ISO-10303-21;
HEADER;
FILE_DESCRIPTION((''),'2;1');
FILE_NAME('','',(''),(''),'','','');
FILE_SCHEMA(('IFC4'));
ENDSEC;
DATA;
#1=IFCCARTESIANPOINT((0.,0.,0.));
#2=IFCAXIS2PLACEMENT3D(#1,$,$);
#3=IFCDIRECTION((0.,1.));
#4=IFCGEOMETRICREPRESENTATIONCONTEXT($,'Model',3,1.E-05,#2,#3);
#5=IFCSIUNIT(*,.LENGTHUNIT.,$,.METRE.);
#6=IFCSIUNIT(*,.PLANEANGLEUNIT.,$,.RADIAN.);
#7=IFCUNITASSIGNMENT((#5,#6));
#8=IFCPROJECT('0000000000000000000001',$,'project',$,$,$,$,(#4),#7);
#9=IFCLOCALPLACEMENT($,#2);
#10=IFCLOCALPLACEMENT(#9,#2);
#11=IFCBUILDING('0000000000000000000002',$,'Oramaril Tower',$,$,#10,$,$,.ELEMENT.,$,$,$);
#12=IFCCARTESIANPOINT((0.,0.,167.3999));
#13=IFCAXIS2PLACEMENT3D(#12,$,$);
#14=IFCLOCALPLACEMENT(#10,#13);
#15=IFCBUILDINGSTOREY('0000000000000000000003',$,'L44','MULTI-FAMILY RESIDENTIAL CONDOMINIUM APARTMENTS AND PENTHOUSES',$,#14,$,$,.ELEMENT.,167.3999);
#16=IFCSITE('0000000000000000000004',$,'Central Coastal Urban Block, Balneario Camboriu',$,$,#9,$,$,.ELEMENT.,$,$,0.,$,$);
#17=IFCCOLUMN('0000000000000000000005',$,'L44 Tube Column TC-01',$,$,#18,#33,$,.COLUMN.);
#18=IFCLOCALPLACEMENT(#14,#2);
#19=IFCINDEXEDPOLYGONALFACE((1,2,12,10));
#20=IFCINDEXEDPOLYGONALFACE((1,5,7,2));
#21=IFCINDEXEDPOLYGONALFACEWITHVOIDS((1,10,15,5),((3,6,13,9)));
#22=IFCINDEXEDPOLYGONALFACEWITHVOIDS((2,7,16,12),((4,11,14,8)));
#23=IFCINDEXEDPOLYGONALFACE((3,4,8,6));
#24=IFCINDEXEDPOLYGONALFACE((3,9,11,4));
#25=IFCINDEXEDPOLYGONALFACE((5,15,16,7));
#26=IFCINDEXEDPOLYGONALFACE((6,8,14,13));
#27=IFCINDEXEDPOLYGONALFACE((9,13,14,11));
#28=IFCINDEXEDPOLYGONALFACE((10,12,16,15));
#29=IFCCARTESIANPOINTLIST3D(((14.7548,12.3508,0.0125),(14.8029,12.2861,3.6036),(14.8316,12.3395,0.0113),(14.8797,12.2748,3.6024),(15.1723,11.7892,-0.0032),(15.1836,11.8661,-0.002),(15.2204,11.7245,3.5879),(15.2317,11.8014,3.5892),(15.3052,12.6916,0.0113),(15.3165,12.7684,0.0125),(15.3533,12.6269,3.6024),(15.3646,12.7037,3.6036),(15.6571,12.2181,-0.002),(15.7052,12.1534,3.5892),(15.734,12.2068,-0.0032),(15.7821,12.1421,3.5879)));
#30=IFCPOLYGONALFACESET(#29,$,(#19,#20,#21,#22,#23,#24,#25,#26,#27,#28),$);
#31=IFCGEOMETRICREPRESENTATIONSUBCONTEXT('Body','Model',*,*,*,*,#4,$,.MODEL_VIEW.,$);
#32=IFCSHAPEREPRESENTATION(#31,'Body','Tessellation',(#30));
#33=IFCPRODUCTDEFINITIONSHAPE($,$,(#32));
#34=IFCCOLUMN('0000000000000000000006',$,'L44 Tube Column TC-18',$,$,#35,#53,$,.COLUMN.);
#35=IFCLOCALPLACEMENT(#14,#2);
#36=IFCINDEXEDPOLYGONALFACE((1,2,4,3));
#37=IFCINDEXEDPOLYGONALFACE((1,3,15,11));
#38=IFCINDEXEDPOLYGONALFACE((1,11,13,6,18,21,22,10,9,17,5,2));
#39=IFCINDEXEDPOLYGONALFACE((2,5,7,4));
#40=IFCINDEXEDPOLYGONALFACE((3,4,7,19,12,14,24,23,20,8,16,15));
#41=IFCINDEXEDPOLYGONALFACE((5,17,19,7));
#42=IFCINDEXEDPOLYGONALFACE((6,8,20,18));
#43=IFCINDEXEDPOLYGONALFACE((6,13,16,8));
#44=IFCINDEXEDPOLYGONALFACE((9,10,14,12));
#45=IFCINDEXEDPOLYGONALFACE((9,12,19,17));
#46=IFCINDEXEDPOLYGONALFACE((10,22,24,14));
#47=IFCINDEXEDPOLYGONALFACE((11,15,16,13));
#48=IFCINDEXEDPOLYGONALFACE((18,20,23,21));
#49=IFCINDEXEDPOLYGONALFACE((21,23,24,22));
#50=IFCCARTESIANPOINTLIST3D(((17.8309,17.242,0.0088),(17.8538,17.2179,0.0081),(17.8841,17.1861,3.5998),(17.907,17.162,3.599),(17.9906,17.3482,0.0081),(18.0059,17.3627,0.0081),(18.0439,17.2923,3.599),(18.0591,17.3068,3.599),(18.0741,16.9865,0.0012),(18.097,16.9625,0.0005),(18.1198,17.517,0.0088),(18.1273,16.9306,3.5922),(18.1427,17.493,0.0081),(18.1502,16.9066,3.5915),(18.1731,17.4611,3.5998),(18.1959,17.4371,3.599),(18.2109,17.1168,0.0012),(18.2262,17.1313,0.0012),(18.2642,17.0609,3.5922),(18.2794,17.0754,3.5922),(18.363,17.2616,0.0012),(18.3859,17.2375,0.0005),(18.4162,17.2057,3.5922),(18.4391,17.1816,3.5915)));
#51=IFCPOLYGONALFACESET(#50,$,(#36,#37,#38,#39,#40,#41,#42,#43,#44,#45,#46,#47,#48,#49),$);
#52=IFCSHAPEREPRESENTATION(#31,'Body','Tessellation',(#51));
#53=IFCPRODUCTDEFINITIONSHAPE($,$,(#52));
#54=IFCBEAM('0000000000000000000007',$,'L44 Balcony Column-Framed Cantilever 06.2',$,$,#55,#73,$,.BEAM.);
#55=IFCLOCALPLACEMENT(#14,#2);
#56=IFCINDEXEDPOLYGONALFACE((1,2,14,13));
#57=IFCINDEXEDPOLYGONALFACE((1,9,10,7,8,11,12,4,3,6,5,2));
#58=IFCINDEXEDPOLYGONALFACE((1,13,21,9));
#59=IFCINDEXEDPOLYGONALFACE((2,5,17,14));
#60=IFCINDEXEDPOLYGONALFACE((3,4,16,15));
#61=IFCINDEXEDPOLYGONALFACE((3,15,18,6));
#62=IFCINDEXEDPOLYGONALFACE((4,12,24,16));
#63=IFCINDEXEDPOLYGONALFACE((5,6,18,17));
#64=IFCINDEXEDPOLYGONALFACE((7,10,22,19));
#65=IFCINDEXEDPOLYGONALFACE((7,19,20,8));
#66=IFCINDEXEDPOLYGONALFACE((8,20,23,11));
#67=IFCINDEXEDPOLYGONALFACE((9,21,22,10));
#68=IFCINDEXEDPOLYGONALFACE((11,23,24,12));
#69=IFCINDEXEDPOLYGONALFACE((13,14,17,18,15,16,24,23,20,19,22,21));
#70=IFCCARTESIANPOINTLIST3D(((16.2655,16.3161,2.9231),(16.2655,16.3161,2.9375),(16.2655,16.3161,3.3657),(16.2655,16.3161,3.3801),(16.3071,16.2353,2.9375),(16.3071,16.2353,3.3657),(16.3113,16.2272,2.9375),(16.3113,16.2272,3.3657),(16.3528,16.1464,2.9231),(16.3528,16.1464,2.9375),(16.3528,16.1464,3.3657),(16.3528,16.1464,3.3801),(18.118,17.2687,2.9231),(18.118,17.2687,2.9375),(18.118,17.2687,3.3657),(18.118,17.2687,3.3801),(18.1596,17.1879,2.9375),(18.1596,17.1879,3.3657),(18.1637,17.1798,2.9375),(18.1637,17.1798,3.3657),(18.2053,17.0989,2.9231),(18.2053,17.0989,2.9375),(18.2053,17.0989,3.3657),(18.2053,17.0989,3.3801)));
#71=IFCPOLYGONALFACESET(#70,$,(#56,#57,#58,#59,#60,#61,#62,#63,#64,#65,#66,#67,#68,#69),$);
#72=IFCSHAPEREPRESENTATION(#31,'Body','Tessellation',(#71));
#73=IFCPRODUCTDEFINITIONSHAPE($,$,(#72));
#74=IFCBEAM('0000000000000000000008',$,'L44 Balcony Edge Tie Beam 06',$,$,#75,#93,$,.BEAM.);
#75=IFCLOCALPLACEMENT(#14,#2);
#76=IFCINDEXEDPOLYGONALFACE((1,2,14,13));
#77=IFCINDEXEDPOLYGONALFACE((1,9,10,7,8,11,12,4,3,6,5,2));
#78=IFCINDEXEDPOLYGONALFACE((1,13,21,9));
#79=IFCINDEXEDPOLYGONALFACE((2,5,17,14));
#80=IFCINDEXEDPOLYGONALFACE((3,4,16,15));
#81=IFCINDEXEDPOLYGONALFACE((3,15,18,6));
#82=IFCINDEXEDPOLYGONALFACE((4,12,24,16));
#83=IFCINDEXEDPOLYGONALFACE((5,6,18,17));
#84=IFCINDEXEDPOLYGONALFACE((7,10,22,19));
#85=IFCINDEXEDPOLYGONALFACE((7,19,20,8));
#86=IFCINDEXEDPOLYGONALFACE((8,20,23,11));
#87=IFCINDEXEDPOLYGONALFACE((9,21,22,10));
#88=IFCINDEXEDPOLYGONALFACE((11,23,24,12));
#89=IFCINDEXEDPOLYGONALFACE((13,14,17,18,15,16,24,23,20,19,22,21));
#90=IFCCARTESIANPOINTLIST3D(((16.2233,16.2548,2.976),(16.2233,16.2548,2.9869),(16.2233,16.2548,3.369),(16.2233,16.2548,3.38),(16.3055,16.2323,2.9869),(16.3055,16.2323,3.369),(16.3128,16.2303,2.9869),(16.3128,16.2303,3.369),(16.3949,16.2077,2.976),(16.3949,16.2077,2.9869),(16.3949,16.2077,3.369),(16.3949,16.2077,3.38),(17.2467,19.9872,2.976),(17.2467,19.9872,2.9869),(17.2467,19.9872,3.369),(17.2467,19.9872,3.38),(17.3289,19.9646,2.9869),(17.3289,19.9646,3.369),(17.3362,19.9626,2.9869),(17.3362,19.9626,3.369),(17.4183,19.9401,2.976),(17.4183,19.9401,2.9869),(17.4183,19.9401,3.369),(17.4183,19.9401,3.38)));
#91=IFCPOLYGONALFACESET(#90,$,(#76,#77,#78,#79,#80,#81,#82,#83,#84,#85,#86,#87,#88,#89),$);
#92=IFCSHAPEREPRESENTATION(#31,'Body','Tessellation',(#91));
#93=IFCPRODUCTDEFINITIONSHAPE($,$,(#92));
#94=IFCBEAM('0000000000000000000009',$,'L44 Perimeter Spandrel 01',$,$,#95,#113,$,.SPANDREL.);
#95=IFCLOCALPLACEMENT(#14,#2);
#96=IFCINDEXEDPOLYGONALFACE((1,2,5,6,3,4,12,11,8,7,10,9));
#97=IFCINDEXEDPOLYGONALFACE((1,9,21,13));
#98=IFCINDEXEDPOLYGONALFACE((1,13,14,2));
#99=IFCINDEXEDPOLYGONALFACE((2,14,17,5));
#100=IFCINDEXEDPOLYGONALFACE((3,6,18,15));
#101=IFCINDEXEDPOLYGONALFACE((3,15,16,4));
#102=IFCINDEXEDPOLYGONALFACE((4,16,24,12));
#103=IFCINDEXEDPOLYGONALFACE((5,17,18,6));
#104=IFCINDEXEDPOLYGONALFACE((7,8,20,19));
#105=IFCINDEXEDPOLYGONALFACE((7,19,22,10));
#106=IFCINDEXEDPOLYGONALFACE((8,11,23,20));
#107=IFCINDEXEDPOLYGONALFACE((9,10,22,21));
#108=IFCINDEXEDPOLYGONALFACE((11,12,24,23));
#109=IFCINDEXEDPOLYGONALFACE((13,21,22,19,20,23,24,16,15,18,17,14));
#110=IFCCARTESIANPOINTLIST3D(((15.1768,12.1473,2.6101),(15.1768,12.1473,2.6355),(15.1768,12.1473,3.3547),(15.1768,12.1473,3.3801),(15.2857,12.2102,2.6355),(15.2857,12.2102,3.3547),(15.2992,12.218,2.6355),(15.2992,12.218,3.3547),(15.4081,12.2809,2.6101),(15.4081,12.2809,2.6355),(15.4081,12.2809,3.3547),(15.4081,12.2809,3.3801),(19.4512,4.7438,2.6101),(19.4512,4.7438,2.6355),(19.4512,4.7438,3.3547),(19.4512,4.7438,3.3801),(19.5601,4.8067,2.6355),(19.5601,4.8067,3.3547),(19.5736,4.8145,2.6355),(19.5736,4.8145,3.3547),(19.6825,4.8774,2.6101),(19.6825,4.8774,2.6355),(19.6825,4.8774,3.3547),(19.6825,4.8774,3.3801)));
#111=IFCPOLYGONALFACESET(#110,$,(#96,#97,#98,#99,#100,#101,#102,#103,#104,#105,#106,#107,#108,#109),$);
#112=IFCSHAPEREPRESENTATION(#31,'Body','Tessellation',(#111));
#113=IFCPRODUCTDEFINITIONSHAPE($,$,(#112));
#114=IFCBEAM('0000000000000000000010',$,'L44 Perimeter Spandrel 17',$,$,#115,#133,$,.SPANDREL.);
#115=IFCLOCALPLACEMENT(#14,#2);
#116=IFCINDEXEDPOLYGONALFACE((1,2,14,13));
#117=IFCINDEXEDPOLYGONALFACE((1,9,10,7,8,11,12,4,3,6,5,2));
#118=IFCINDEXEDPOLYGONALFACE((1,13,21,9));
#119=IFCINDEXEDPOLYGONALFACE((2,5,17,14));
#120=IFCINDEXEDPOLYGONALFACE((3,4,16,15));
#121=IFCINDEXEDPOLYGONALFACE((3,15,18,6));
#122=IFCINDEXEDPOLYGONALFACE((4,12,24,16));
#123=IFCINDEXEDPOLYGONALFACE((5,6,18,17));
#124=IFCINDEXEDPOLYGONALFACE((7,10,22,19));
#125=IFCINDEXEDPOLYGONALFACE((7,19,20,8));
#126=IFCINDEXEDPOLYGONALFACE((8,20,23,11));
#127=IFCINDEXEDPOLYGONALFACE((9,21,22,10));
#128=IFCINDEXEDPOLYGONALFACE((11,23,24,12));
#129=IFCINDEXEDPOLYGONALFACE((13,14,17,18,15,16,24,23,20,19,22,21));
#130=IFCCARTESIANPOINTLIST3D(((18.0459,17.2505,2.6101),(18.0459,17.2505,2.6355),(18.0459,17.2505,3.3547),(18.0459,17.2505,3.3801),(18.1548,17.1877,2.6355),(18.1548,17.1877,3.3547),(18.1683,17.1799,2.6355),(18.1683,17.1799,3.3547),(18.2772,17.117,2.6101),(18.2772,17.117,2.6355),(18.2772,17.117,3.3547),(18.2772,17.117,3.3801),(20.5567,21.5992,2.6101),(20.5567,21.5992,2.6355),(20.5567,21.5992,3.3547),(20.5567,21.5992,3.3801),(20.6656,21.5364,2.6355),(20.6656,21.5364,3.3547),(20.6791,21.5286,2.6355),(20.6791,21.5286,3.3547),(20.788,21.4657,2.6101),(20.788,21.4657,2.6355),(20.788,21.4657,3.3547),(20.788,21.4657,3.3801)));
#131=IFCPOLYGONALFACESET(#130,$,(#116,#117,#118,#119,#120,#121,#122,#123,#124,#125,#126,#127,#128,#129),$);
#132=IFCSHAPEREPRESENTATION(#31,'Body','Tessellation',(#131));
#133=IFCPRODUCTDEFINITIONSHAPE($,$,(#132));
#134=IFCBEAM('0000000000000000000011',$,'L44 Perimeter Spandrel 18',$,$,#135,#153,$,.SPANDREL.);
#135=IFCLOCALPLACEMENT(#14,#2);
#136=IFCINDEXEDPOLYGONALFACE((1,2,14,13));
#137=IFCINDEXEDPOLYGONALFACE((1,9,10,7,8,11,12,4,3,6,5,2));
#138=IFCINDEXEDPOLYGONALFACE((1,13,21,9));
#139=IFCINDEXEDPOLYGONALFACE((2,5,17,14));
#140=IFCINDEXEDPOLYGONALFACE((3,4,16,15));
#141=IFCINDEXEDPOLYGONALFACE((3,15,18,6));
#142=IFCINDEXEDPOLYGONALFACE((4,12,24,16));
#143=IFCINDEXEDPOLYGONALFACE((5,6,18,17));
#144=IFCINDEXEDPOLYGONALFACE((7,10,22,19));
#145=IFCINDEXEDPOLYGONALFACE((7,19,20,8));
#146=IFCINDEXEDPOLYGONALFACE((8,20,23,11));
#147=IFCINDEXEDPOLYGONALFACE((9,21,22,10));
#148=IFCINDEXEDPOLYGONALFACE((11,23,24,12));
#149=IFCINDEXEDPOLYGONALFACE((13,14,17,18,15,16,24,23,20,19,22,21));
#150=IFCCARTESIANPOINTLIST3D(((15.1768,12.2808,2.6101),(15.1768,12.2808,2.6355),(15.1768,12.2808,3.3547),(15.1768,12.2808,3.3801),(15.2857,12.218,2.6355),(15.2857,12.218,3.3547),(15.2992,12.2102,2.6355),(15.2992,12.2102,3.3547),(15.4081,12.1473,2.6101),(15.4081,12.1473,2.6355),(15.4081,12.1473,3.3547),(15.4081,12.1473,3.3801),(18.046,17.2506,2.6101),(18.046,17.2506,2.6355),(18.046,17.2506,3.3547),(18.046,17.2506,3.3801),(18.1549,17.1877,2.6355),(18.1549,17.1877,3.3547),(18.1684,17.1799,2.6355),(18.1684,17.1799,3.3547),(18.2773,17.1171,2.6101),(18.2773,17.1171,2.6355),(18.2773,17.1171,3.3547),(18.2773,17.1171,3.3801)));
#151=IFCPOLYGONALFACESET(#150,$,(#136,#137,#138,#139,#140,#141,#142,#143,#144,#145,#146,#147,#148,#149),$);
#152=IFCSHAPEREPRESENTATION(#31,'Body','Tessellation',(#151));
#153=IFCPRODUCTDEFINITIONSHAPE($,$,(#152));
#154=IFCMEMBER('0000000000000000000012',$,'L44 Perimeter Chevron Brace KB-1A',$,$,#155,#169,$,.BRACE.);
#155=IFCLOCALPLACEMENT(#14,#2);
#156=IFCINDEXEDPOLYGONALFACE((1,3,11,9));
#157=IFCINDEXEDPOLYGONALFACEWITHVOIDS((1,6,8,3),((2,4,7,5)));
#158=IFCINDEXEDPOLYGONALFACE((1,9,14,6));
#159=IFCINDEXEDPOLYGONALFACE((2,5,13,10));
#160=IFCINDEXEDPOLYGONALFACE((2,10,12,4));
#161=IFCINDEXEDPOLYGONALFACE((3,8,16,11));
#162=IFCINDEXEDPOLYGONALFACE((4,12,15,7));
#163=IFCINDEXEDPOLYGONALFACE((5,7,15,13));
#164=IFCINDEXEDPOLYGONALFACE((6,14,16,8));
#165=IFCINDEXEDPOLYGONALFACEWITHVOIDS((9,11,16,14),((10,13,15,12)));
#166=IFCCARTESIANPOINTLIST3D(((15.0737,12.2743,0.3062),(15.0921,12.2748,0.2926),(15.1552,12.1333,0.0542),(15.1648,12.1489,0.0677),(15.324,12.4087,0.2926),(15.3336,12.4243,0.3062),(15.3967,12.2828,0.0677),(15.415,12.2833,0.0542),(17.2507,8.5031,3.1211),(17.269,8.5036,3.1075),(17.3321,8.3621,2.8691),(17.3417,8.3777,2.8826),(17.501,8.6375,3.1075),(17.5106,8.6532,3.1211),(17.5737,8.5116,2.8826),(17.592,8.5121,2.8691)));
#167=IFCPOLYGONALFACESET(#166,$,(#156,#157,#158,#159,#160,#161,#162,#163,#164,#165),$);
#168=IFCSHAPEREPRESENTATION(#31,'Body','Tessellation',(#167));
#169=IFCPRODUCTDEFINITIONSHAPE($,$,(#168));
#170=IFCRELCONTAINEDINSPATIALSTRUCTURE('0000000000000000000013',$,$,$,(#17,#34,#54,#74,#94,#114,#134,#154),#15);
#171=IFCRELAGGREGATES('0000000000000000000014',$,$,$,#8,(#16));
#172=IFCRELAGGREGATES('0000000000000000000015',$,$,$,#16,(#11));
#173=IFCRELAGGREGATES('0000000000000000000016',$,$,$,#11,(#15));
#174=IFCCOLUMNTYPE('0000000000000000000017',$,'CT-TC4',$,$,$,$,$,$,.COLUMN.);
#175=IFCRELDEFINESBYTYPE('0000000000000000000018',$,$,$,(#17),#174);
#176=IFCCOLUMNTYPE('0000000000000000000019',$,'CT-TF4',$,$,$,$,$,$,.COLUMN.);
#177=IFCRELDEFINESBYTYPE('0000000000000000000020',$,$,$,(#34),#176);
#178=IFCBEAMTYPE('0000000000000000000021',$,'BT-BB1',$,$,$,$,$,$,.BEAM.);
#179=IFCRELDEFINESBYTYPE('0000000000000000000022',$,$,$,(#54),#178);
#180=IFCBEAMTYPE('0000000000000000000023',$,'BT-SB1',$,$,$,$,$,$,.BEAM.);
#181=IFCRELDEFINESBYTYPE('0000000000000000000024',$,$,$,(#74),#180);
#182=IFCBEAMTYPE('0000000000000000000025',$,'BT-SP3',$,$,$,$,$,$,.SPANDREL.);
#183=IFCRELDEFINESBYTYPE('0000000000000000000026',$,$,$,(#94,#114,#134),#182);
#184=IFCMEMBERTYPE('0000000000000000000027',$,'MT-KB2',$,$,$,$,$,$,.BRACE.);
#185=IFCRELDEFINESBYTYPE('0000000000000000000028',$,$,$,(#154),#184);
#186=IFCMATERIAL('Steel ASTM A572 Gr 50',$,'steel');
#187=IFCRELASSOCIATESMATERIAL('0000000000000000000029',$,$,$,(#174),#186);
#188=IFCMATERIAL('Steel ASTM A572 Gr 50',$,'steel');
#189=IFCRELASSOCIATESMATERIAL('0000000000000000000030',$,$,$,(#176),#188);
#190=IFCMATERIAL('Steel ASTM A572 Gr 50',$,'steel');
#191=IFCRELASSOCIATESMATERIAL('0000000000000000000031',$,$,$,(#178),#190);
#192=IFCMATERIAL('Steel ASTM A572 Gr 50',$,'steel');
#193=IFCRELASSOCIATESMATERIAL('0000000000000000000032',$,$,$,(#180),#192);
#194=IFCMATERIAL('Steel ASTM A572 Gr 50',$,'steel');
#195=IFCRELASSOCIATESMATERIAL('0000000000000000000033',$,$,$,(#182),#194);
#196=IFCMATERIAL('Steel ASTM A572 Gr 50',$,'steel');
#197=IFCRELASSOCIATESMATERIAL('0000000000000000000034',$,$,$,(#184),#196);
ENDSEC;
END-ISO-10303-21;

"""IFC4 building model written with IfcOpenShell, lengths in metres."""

from ifc_helpers import new_model, si_unit, direction, frame, origin, origin_2d, place, context, subcontext, project, spatial, hollow_rectangle, i_section, extrude, material, material_profile, profile_set, type_object, element, save


model = new_model("IFC4")

# Units and contexts
model_context = context("Model", 3, precision=1e-05, world=origin(), true_north=direction((0.0, 1.0)))
body_context = subcontext(model_context, "Body", "Model", "MODEL_VIEW")
ifc_project = project(units=[si_unit("LENGTHUNIT", "METRE"), si_unit("PLANEANGLEUNIT", "RADIAN")], contexts=[model_context])

# Site, building, storey
site_placement = place(None, origin())
site = spatial("IfcSite", under=ifc_project, at=site_placement, Name="Central Coastal Urban Block, Balneario Camboriu", CompositionType="ELEMENT", RefElevation=0.0)
building_placement = place(site_placement, origin())
building = spatial("IfcBuilding", under=site, at=building_placement, Name="Oramaril Tower", CompositionType="ELEMENT")
storey_placement = place(building_placement, frame((0.0, 0.0, 167.3999)))
storey = spatial("IfcBuildingStorey", under=building, at=storey_placement, Name="L44", Description="MULTI-FAMILY RESIDENTIAL CONDOMINIUM APARTMENTS AND PENTHOUSES", CompositionType="ELEMENT", Elevation=167.3999)

# Columns
ifc_material_1 = material(Name="Steel ASTM A572 Gr 50", Category="steel")
ifc_material_profile_1 = material_profile(ifc_material_1, hollow_rectangle(XDim=0.7, YDim=0.7, WallThickness=0.0549, at=origin_2d()), Name="BOX700X700X55")
ifc_profile_set_1 = profile_set([ifc_material_profile_1], Name="Steel ASTM A572 Gr 50")
column_type_1 = type_object("IfcColumnType", Name="CT-TC4", PredefinedType="COLUMN", material=ifc_profile_set_1)
column_1_placement = place(storey_placement, frame((15.2444, 12.2788, 0.0046), z_axis=(0.01339, -0.018012, 0.999748), x_axis=(0.802537, 0.596603, 0.0)))
element("IfcColumn", 1, at=column_1_placement, inside=storey, type_object=column_type_1, Name="L44 Tube Column TC-01", PredefinedType="COLUMN", context=body_context, shape_type="SweptSolid", body=[
    extrude(hollow_rectangle(XDim=0.7, YDim=0.7, WallThickness=0.0549, at=origin_2d()), origin(), (0.0, 0.0, 1.0), 3.592),
])
ifc_material_2 = material(Name="Steel ASTM A572 Gr 50", Category="steel")
ifc_material_profile_2 = material_profile(ifc_material_2, i_section(OverallWidth=0.3989, OverallDepth=0.386, WebThickness=0.021, FlangeThickness=0.0332, at=origin_2d()), Name="W14X176")
ifc_profile_set_2 = profile_set([ifc_material_profile_2], Name="Steel ASTM A572 Gr 50")
column_type_2 = type_object("IfcColumnType", Name="CT-TF4", PredefinedType="COLUMN", material=ifc_profile_set_2)
column_2_placement = place(storey_placement, frame((18.1084, 17.2397, 0.0046), z_axis=(0.014817, -0.015565, 0.999769), x_axis=(0.724288, 0.689497, 0.0)))
element("IfcColumn", 2, at=column_2_placement, inside=storey, type_object=column_type_2, Name="L44 Tube Column TC-18", PredefinedType="COLUMN", context=body_context, shape_type="SweptSolid", body=[
    extrude(i_section(OverallWidth=0.3989, OverallDepth=0.386, WebThickness=0.021, FlangeThickness=0.0332, at=origin_2d()), origin(), (0.0, 0.0, 1.0), 3.5918),
])

# Beams
ifc_material_3 = material(Name="Steel ASTM A572 Gr 50", Category="steel")
ifc_material_profile_3 = material_profile(ifc_material_3, i_section(OverallWidth=0.1909, OverallDepth=0.457, WebThickness=0.009, FlangeThickness=0.0144, at=origin_2d()), Name="W18X50")
ifc_profile_set_3 = profile_set([ifc_material_profile_3], Name="Steel ASTM A572 Gr 50")
beam_type_1 = type_object("IfcBeamType", Name="BT-BB1", PredefinedType="BEAM", material=ifc_profile_set_3)
beam_1_placement = place(storey_placement, frame((18.1616, 17.1838, 3.1516), z_axis=(-0.889307, -0.457311, 0.0), x_axis=(0.457311, -0.889307, 0.0)))
element("IfcBeam", 3, at=beam_1_placement, inside=storey, type_object=beam_type_1, Name="L44 Balcony Column-Framed Cantilever 06.2", PredefinedType="BEAM", context=body_context, shape_type="SweptSolid", body=[
    extrude(i_section(OverallWidth=0.1909, OverallDepth=0.457, WebThickness=0.009, FlangeThickness=0.0144, at=origin_2d()), origin(), (0.0, 0.0, 1.0), 2.083),
])
ifc_material_4 = material(Name="Steel ASTM A572 Gr 50", Category="steel")
ifc_material_profile_4 = material_profile(ifc_material_4, i_section(OverallWidth=0.178, OverallDepth=0.4041, WebThickness=0.0076, FlangeThickness=0.011, at=origin_2d()), Name="W16X36")
ifc_profile_set_4 = profile_set([ifc_material_profile_4], Name="Steel ASTM A572 Gr 50")
beam_type_2 = type_object("IfcBeamType", Name="BT-SB1", PredefinedType="BEAM", material=ifc_profile_set_4)
beam_2_placement = place(storey_placement, frame((17.3325, 19.9636, 3.178), z_axis=(-0.264441, -0.964402, 0.0), x_axis=(0.964402, -0.264441, 0.0)))
element("IfcBeam", 4, at=beam_2_placement, inside=storey, type_object=beam_type_2, Name="L44 Balcony Edge Tie Beam 06", PredefinedType="BEAM", context=body_context, shape_type="SweptSolid", body=[
    extrude(i_section(OverallWidth=0.178, OverallDepth=0.4041, WebThickness=0.0076, FlangeThickness=0.011, at=origin_2d()), origin(), (0.0, 0.0, 1.0), 3.8701),
])
ifc_material_5 = material(Name="Steel ASTM A572 Gr 50", Category="steel")
ifc_material_profile_5 = material_profile(ifc_material_5, i_section(OverallWidth=0.2671, OverallDepth=0.77, WebThickness=0.0156, FlangeThickness=0.0254, at=origin_2d()), Name="W30X132")
ifc_profile_set_5 = profile_set([ifc_material_profile_5], Name="Steel ASTM A572 Gr 50")
beam_type_3 = type_object("IfcBeamType", Name="BT-SP3", PredefinedType="SPANDREL", material=ifc_profile_set_5)
beam_3_placement = place(storey_placement, frame((15.2925, 12.2141, 2.9951), z_axis=(0.499997, -0.866027, 0.0), x_axis=(0.866027, 0.499997, 0.0)))
element("IfcBeam", 5, at=beam_3_placement, inside=storey, type_object=beam_type_3, Name="L44 Perimeter Spandrel 01", PredefinedType="SPANDREL", context=body_context, shape_type="SweptSolid", body=[
    extrude(i_section(OverallWidth=0.2671, OverallDepth=0.77, WebThickness=0.0156, FlangeThickness=0.0254, at=origin_2d()), origin(), (0.0, 0.0, 1.0), 8.5488),
])
beam_4_placement = place(storey_placement, frame((20.6724, 21.5325, 2.9951), z_axis=(-0.500009, -0.86602, 0.0), x_axis=(0.86602, -0.500009, 0.0)))
element("IfcBeam", 6, at=beam_4_placement, inside=storey, type_object=beam_type_3, Name="L44 Perimeter Spandrel 17", PredefinedType="SPANDREL", context=body_context, shape_type="SweptSolid", body=[
    extrude(i_section(OverallWidth=0.2671, OverallDepth=0.77, WebThickness=0.0156, FlangeThickness=0.0254, at=origin_2d()), origin(), (0.0, 0.0, 1.0), 5.0215),
])
beam_5_placement = place(storey_placement, frame((18.1616, 17.1838, 2.9951), z_axis=(-0.499983, -0.866035, 0.0), x_axis=(0.866035, -0.499983, 0.0)))
element("IfcBeam", 7, at=beam_5_placement, inside=storey, type_object=beam_type_3, Name="L44 Perimeter Spandrel 18", PredefinedType="SPANDREL", context=body_context, shape_type="SweptSolid", body=[
    extrude(i_section(OverallWidth=0.2671, OverallDepth=0.77, WebThickness=0.0156, FlangeThickness=0.0254, at=origin_2d()), origin(), (0.0, 0.0, 1.0), 5.7385),
])

# Member
ifc_material_6 = material(Name="Steel ASTM A572 Gr 50", Category="steel")
ifc_material_profile_6 = material_profile(ifc_material_6, hollow_rectangle(XDim=0.3, YDim=0.3, WallThickness=0.0161, at=origin_2d()), Name="HSS300X300X16")
ifc_profile_set_6 = profile_set([ifc_material_profile_6], Name="Steel ASTM A572 Gr 50")
member_type = type_object("IfcMemberType", Name="MT-KB2", PredefinedType="BRACE", material=ifc_profile_set_6)
member_placement = place(storey_placement, frame((15.2444, 12.2788, 0.1802), z_axis=(0.419856, -0.72732, 0.542888), x_axis=(0.866058, 0.499944, 0.0)))
element("IfcMember", 8, at=member_placement, inside=storey, type_object=member_type, Name="L44 Perimeter Chevron Brace KB-1A", PredefinedType="BRACE", context=body_context, shape_type="SweptSolid", body=[
    extrude(hollow_rectangle(XDim=0.3, YDim=0.3, WallThickness=0.0161, at=origin_2d()), origin(), (0.0, 0.0, 1.0), 5.1851),
])

save(model, "model.ifc")
